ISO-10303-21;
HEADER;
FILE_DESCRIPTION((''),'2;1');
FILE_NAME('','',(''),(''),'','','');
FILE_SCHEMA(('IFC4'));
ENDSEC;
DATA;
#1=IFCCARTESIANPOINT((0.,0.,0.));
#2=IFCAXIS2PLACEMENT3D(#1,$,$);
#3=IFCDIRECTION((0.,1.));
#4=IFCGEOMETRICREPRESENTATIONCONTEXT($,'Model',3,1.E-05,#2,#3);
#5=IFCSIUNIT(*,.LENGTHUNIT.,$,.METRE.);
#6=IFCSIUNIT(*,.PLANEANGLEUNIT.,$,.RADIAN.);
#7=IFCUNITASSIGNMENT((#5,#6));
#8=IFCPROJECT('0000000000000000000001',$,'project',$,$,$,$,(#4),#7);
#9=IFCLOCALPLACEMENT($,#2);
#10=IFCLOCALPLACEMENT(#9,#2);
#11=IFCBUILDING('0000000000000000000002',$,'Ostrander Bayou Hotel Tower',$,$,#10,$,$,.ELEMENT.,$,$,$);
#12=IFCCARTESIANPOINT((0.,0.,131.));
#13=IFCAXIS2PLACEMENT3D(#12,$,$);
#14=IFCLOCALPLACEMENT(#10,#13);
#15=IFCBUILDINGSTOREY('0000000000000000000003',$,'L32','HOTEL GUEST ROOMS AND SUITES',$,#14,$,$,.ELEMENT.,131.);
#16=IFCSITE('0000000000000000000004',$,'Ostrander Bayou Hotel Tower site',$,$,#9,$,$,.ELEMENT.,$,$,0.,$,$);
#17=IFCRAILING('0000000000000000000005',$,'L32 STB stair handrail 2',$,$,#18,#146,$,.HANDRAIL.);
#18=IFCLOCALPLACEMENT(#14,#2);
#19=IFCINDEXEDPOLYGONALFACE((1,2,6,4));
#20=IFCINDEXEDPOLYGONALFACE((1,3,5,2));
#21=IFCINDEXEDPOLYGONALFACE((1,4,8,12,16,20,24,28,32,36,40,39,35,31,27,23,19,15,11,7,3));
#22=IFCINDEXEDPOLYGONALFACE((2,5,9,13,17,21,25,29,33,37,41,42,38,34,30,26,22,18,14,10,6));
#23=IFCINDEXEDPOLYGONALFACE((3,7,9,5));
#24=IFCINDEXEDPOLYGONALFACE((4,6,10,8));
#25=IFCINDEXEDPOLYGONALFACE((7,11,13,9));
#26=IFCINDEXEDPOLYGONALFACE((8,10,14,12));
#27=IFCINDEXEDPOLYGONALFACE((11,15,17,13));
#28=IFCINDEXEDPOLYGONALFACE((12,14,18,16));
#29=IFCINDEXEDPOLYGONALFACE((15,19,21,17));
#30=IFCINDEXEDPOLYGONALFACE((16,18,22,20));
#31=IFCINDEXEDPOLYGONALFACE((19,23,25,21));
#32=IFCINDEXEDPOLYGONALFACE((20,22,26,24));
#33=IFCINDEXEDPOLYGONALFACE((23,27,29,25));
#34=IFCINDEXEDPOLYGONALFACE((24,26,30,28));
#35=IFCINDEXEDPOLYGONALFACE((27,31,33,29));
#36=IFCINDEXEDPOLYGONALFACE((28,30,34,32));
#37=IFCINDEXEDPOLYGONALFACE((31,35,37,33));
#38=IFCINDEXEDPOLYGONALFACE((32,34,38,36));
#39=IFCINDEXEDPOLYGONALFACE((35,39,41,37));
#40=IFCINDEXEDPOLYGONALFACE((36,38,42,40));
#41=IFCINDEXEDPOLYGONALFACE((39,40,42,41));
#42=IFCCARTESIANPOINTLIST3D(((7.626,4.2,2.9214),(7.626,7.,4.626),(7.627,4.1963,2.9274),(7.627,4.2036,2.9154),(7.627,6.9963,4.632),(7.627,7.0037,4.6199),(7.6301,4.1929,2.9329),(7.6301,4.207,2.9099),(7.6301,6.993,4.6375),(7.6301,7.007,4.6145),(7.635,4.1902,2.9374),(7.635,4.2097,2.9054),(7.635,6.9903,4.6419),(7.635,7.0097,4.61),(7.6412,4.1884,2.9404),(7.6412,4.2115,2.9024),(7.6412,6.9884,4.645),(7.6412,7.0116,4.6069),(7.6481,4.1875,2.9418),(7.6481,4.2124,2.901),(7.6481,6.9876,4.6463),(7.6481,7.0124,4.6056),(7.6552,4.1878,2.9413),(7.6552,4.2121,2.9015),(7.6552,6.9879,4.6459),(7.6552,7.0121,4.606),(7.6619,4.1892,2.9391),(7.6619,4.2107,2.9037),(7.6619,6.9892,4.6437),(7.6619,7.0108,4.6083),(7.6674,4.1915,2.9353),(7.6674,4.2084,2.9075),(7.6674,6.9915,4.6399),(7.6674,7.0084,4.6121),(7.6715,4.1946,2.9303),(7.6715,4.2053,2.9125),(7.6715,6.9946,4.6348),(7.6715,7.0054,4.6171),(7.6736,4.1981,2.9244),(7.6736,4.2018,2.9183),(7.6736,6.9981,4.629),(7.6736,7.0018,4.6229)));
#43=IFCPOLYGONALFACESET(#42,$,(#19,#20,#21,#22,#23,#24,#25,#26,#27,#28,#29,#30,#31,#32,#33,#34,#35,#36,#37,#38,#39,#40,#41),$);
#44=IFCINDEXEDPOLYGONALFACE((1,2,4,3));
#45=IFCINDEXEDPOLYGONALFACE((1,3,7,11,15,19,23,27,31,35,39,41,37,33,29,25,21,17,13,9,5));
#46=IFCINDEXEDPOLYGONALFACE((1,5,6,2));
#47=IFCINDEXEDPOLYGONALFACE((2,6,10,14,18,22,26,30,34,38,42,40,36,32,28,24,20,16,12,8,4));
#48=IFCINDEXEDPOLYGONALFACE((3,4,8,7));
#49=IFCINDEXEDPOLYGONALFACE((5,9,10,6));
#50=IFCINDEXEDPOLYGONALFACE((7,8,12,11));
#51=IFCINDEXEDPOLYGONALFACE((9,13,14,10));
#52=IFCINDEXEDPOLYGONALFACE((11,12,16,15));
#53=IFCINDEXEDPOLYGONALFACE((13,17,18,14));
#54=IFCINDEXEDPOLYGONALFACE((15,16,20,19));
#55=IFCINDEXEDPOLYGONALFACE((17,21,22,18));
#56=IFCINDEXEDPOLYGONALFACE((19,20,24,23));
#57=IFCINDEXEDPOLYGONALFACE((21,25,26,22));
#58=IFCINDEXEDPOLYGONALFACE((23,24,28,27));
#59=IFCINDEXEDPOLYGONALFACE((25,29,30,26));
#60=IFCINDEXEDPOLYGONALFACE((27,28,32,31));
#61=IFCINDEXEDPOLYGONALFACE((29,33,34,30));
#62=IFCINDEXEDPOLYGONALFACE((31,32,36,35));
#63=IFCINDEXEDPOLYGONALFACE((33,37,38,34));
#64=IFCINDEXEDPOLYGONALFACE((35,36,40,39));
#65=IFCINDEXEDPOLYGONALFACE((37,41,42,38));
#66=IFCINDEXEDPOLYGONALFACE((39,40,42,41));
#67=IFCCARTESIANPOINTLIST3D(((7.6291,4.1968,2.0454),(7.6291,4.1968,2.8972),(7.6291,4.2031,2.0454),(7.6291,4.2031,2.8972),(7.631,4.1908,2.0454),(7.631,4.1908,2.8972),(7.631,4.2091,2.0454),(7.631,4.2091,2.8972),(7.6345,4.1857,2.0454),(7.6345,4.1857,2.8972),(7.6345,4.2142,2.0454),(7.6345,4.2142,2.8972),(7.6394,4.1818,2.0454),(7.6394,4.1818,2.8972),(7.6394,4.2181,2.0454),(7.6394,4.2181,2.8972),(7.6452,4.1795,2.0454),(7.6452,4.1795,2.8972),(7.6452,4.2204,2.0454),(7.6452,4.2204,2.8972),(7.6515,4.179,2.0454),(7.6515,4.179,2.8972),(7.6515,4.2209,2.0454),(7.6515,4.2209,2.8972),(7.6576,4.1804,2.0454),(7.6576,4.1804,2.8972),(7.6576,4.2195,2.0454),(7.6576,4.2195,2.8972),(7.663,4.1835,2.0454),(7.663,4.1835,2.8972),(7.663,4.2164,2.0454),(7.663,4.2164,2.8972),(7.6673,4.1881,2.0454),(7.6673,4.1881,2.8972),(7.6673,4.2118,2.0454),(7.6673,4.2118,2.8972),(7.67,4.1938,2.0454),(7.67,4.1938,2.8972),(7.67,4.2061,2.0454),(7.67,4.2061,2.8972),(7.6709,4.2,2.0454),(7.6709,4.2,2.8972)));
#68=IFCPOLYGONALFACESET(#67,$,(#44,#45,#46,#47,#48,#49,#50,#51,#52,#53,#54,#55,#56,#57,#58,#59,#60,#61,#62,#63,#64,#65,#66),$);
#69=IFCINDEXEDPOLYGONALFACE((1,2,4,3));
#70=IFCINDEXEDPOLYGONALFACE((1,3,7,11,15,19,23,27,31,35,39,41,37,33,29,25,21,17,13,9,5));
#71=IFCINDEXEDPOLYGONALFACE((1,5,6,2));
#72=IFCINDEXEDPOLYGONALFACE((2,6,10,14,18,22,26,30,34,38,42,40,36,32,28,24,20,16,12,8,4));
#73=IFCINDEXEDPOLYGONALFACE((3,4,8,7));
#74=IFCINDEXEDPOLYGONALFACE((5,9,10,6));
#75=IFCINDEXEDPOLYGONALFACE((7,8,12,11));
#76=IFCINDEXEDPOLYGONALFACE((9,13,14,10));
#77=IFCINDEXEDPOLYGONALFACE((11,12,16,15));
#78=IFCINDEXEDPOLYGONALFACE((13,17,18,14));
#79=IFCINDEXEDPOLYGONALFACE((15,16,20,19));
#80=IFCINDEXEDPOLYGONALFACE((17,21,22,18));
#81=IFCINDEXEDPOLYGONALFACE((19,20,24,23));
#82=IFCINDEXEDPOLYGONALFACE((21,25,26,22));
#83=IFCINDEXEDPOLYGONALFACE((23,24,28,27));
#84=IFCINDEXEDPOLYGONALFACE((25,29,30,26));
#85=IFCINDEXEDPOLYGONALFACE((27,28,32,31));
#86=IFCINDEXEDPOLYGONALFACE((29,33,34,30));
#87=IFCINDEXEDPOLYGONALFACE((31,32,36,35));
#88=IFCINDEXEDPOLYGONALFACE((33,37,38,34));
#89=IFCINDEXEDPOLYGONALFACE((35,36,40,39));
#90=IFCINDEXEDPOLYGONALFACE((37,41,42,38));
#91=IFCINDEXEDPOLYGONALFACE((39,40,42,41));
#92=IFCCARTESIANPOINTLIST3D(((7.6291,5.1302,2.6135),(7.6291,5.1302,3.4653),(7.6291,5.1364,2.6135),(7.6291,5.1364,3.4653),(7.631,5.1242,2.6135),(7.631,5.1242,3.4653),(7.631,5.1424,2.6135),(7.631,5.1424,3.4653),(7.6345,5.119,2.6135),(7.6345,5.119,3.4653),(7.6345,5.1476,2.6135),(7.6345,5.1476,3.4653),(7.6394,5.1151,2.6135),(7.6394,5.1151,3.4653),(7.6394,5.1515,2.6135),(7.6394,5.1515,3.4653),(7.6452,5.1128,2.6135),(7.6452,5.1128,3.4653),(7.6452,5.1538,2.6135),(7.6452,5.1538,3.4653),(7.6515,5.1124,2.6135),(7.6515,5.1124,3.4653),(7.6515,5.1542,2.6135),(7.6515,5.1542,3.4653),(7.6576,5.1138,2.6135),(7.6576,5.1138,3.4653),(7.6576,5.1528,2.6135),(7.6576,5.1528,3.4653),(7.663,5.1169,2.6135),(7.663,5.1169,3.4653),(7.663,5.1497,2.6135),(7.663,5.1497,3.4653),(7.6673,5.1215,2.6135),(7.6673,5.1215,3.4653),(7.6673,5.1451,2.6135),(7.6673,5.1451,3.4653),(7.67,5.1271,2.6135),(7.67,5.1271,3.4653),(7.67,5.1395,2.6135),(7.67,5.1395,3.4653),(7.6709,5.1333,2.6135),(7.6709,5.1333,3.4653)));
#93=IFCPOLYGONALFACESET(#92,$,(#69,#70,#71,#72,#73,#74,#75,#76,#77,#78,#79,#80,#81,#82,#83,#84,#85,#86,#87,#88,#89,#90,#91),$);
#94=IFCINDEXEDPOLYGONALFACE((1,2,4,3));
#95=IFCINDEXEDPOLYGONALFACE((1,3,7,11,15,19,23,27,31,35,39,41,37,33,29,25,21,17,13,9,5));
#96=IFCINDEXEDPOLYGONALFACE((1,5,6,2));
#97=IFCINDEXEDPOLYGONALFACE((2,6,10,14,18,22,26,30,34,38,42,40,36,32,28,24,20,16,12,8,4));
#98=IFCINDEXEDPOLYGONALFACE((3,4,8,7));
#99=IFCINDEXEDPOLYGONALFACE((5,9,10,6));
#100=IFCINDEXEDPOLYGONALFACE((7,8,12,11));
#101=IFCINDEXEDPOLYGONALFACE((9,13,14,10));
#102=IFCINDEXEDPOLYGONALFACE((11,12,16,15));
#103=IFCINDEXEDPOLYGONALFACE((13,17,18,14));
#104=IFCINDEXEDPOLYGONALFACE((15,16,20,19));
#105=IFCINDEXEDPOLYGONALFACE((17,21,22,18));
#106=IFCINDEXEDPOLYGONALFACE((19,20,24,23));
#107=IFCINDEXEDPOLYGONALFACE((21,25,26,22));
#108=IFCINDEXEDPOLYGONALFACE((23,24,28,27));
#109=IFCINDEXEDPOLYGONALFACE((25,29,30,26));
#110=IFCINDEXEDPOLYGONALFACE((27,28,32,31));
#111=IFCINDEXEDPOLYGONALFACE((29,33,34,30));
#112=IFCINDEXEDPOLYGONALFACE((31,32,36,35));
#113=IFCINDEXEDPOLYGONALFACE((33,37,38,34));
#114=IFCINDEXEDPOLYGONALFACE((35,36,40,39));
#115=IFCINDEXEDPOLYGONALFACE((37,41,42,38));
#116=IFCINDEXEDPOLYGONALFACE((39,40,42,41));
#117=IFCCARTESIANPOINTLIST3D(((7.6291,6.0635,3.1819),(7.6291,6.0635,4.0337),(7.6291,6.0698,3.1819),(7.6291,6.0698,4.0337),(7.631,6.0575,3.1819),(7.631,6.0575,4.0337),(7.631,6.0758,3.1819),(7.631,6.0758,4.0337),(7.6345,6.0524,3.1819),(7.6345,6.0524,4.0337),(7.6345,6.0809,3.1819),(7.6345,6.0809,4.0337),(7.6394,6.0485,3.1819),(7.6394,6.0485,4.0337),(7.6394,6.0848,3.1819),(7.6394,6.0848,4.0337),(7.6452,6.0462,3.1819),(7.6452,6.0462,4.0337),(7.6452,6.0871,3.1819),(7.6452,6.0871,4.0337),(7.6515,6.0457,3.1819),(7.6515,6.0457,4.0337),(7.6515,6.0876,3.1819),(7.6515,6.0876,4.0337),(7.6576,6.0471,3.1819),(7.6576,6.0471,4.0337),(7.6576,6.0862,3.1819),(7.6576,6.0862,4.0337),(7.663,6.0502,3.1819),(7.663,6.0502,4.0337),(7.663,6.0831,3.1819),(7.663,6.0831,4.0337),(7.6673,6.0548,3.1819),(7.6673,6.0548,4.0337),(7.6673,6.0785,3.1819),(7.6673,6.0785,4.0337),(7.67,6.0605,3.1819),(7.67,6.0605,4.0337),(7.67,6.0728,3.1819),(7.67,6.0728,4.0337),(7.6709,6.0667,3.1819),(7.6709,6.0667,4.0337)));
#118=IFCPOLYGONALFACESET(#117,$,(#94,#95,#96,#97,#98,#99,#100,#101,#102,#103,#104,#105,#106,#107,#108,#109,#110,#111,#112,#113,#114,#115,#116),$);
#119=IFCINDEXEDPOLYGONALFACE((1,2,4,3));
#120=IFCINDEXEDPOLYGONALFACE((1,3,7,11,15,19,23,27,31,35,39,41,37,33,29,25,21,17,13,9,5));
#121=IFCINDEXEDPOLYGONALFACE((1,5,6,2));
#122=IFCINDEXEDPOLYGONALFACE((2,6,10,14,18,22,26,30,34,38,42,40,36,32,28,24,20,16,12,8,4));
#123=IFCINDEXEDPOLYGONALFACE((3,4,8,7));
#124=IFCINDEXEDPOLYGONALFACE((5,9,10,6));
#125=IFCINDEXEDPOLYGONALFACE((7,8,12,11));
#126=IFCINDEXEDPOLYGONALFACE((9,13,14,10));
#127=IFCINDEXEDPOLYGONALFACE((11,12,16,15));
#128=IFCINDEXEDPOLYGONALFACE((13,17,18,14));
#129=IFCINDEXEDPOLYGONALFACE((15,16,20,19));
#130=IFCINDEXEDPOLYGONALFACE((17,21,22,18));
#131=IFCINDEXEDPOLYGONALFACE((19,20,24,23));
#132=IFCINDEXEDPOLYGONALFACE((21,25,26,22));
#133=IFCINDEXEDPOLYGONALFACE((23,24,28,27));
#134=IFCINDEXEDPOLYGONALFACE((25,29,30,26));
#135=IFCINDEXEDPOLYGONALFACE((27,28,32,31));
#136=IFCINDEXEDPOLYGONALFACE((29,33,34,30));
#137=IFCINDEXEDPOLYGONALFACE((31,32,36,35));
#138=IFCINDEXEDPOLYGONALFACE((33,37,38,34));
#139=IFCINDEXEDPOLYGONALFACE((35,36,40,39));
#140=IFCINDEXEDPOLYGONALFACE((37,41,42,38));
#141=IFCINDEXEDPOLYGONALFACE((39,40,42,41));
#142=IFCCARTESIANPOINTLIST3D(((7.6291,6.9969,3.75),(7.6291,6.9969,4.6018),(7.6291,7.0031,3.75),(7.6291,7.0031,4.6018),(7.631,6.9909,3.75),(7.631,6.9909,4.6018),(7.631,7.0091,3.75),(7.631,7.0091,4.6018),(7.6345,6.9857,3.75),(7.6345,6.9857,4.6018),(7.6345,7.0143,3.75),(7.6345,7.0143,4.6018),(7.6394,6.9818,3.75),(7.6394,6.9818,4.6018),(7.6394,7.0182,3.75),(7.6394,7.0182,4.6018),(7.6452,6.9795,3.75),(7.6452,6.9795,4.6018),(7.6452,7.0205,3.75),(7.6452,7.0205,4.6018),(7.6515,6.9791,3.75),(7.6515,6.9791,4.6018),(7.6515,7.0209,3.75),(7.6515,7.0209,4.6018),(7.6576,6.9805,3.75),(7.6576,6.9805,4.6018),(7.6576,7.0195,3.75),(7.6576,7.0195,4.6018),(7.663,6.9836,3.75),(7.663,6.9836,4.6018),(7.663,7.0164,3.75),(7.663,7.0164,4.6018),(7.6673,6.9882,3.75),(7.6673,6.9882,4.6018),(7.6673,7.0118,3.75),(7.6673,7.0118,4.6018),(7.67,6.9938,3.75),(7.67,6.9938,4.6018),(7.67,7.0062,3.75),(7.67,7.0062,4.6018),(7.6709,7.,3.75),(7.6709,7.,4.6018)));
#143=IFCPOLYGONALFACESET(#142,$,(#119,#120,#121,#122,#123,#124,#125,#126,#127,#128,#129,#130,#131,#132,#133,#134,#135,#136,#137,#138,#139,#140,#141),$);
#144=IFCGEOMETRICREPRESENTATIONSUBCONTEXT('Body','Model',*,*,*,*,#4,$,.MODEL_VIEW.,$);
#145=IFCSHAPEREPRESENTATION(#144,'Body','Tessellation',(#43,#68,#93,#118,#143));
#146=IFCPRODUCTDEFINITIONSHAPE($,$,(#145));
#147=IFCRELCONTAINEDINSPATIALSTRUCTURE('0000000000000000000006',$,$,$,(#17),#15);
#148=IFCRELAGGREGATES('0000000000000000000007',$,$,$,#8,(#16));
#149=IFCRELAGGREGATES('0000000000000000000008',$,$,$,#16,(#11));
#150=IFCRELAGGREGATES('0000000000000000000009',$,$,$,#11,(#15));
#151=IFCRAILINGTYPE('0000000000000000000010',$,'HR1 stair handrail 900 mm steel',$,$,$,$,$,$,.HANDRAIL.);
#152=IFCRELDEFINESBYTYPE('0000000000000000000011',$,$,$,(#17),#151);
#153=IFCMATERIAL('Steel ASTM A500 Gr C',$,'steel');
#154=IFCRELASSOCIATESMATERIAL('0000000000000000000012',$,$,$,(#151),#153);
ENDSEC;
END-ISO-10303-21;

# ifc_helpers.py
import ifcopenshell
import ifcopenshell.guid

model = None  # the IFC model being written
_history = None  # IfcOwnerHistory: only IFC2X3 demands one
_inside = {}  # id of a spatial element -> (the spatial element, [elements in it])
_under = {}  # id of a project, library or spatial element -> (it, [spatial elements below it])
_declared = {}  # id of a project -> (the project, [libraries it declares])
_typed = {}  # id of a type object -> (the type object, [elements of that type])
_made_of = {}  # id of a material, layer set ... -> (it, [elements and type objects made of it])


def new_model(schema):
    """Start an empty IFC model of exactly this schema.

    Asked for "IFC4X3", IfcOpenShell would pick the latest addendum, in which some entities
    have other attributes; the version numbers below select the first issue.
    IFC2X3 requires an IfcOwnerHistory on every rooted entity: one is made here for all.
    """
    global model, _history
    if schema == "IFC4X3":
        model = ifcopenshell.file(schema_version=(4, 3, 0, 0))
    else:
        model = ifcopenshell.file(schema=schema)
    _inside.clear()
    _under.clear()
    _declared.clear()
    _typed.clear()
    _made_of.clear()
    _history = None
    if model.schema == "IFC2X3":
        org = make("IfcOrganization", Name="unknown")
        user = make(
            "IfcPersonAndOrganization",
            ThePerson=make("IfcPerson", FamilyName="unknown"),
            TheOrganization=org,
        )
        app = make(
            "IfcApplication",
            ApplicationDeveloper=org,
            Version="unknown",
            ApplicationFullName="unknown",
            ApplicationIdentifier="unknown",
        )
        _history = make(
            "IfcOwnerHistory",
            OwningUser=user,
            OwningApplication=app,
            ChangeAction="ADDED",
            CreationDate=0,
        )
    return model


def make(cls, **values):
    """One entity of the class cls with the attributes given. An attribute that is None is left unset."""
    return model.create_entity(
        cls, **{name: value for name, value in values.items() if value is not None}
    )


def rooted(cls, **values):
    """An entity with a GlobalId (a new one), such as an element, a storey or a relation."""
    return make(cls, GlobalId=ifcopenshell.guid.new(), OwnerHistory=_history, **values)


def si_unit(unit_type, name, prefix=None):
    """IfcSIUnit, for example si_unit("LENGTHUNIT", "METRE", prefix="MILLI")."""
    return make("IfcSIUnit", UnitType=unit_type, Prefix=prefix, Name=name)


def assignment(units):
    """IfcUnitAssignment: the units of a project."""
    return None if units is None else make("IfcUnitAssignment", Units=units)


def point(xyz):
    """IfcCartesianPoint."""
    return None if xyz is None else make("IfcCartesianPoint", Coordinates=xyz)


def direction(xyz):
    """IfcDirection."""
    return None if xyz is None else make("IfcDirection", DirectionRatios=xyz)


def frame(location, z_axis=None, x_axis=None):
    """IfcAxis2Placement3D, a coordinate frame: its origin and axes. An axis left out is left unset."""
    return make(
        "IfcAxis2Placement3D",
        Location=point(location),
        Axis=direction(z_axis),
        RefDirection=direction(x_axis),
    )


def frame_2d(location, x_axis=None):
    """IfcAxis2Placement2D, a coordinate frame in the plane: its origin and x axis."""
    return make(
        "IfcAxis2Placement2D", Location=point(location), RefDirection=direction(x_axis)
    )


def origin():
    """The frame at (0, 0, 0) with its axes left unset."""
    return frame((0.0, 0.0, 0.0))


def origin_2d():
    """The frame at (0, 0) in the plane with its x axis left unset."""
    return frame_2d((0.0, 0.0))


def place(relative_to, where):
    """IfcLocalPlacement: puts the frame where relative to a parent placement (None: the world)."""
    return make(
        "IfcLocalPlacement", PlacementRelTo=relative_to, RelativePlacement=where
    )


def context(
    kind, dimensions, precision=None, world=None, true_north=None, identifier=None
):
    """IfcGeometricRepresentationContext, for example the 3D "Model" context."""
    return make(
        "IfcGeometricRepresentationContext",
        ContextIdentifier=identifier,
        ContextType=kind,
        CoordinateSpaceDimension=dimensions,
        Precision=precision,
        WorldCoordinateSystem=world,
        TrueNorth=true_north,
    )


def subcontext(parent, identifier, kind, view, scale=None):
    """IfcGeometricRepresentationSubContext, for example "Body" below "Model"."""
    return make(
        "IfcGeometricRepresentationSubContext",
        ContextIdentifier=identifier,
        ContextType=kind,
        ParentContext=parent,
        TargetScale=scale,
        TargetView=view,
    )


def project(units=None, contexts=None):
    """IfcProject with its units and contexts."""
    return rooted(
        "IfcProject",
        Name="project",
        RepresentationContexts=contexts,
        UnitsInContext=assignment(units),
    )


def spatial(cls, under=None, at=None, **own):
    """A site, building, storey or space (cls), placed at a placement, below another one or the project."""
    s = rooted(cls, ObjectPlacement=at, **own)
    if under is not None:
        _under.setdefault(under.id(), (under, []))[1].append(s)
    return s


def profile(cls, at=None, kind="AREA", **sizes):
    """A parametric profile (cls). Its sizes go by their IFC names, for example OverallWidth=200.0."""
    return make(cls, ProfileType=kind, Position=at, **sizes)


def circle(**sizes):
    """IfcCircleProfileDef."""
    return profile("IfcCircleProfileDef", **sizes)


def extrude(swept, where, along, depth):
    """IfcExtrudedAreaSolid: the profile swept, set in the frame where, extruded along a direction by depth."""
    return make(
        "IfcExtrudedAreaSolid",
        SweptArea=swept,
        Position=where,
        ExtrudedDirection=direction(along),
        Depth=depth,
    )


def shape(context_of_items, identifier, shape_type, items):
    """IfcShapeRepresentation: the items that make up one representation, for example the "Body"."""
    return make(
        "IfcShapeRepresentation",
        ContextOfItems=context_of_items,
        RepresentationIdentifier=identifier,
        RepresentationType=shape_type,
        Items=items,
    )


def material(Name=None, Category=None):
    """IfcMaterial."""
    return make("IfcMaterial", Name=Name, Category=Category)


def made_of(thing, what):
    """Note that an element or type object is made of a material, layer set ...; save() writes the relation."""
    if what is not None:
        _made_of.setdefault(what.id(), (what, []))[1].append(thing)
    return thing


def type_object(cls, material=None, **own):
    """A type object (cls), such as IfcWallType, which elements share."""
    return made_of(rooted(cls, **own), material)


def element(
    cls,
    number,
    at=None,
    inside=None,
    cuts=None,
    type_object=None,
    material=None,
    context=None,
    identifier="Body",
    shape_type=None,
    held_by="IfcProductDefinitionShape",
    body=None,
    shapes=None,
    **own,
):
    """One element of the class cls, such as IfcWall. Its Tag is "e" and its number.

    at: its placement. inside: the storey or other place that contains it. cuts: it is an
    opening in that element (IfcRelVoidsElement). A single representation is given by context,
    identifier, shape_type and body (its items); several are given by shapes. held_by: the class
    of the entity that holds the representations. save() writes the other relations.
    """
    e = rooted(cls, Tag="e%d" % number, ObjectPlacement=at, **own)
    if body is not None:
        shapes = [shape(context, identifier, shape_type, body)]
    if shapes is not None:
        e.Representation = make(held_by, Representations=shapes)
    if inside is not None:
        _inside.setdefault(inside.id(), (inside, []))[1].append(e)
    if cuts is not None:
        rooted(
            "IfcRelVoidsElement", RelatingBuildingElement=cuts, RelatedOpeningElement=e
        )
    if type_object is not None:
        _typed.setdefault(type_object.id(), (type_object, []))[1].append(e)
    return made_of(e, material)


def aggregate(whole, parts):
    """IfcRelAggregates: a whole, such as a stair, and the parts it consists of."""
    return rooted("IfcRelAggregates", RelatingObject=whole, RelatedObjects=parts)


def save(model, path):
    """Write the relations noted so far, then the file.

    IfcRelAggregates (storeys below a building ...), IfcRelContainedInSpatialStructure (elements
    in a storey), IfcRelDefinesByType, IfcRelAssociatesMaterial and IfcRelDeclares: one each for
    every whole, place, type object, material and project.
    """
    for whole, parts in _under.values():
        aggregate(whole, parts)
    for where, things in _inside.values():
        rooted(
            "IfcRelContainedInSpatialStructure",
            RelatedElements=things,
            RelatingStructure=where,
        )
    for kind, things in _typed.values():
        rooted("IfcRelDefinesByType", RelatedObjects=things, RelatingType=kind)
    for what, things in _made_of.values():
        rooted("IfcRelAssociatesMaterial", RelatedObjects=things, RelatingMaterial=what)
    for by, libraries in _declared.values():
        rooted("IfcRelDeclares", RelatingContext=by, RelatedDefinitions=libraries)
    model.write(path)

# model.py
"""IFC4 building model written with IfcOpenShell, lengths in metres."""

from ifc_helpers import new_model, si_unit, direction, frame, origin, origin_2d, place, context, subcontext, project, spatial, circle, extrude, material, type_object, element, save


model = new_model("IFC4")

# Units and contexts
model_context = context("Model", 3, precision=1e-05, world=origin(), true_north=direction((0.0, 1.0)))
body_context = subcontext(model_context, "Body", "Model", "MODEL_VIEW")
ifc_project = project(units=[si_unit("LENGTHUNIT", "METRE"), si_unit("PLANEANGLEUNIT", "RADIAN")], contexts=[model_context])

# Site, building, storey
site_placement = place(None, origin())
site = spatial("IfcSite", under=ifc_project, at=site_placement, Name="Ostrander Bayou Hotel Tower site", CompositionType="ELEMENT", RefElevation=0.0)
building_placement = place(site_placement, origin())
building = spatial("IfcBuilding", under=site, at=building_placement, Name="Ostrander Bayou Hotel Tower", CompositionType="ELEMENT")
storey_placement = place(building_placement, frame((0.0, 0.0, 131.0)))
storey = spatial("IfcBuildingStorey", under=building, at=storey_placement, Name="L32", Description="HOTEL GUEST ROOMS AND SUITES", CompositionType="ELEMENT", Elevation=131.0)

# Railing
ifc_material_1 = material(Name="Steel ASTM A500 Gr C", Category="steel")
railing_type_1 = type_object("IfcRailingType", Name="HR1 stair handrail 900 mm steel", PredefinedType="HANDRAIL", material=ifc_material_1)
railing_1_placement = place(storey_placement, frame((7.6499, 4.2, 2.0454)))
element("IfcRailing", 1, at=railing_1_placement, inside=storey, type_object=railing_type_1, Name="L32 STB stair handrail 2", PredefinedType="HANDRAIL", context=body_context, shape_type="SweptSolid", body=[
    extrude(circle(Radius=0.0239, at=origin_2d()), frame((0.0, 0.0, 0.876), z_axis=(0.0, 0.85417, 0.519994), x_axis=(-1.0, 0.0, 0.0)), (0.0, 0.0, 1.0), 3.2781),
    extrude(circle(Radius=0.021, at=origin_2d()), origin(), (0.0, 0.0, 1.0), 0.8518),
    extrude(circle(Radius=0.021, at=origin_2d()), frame((0.0, 0.9333, 0.5681)), (0.0, 0.0, 1.0), 0.8518),
    extrude(circle(Radius=0.021, at=origin_2d()), frame((0.0, 1.8667, 1.1365)), (0.0, 0.0, 1.0), 0.8518),
    extrude(circle(Radius=0.021, at=origin_2d()), frame((0.0, 2.8, 1.7046)), (0.0, 0.0, 1.0), 0.8518),
])

save(model, "model.ifc")
